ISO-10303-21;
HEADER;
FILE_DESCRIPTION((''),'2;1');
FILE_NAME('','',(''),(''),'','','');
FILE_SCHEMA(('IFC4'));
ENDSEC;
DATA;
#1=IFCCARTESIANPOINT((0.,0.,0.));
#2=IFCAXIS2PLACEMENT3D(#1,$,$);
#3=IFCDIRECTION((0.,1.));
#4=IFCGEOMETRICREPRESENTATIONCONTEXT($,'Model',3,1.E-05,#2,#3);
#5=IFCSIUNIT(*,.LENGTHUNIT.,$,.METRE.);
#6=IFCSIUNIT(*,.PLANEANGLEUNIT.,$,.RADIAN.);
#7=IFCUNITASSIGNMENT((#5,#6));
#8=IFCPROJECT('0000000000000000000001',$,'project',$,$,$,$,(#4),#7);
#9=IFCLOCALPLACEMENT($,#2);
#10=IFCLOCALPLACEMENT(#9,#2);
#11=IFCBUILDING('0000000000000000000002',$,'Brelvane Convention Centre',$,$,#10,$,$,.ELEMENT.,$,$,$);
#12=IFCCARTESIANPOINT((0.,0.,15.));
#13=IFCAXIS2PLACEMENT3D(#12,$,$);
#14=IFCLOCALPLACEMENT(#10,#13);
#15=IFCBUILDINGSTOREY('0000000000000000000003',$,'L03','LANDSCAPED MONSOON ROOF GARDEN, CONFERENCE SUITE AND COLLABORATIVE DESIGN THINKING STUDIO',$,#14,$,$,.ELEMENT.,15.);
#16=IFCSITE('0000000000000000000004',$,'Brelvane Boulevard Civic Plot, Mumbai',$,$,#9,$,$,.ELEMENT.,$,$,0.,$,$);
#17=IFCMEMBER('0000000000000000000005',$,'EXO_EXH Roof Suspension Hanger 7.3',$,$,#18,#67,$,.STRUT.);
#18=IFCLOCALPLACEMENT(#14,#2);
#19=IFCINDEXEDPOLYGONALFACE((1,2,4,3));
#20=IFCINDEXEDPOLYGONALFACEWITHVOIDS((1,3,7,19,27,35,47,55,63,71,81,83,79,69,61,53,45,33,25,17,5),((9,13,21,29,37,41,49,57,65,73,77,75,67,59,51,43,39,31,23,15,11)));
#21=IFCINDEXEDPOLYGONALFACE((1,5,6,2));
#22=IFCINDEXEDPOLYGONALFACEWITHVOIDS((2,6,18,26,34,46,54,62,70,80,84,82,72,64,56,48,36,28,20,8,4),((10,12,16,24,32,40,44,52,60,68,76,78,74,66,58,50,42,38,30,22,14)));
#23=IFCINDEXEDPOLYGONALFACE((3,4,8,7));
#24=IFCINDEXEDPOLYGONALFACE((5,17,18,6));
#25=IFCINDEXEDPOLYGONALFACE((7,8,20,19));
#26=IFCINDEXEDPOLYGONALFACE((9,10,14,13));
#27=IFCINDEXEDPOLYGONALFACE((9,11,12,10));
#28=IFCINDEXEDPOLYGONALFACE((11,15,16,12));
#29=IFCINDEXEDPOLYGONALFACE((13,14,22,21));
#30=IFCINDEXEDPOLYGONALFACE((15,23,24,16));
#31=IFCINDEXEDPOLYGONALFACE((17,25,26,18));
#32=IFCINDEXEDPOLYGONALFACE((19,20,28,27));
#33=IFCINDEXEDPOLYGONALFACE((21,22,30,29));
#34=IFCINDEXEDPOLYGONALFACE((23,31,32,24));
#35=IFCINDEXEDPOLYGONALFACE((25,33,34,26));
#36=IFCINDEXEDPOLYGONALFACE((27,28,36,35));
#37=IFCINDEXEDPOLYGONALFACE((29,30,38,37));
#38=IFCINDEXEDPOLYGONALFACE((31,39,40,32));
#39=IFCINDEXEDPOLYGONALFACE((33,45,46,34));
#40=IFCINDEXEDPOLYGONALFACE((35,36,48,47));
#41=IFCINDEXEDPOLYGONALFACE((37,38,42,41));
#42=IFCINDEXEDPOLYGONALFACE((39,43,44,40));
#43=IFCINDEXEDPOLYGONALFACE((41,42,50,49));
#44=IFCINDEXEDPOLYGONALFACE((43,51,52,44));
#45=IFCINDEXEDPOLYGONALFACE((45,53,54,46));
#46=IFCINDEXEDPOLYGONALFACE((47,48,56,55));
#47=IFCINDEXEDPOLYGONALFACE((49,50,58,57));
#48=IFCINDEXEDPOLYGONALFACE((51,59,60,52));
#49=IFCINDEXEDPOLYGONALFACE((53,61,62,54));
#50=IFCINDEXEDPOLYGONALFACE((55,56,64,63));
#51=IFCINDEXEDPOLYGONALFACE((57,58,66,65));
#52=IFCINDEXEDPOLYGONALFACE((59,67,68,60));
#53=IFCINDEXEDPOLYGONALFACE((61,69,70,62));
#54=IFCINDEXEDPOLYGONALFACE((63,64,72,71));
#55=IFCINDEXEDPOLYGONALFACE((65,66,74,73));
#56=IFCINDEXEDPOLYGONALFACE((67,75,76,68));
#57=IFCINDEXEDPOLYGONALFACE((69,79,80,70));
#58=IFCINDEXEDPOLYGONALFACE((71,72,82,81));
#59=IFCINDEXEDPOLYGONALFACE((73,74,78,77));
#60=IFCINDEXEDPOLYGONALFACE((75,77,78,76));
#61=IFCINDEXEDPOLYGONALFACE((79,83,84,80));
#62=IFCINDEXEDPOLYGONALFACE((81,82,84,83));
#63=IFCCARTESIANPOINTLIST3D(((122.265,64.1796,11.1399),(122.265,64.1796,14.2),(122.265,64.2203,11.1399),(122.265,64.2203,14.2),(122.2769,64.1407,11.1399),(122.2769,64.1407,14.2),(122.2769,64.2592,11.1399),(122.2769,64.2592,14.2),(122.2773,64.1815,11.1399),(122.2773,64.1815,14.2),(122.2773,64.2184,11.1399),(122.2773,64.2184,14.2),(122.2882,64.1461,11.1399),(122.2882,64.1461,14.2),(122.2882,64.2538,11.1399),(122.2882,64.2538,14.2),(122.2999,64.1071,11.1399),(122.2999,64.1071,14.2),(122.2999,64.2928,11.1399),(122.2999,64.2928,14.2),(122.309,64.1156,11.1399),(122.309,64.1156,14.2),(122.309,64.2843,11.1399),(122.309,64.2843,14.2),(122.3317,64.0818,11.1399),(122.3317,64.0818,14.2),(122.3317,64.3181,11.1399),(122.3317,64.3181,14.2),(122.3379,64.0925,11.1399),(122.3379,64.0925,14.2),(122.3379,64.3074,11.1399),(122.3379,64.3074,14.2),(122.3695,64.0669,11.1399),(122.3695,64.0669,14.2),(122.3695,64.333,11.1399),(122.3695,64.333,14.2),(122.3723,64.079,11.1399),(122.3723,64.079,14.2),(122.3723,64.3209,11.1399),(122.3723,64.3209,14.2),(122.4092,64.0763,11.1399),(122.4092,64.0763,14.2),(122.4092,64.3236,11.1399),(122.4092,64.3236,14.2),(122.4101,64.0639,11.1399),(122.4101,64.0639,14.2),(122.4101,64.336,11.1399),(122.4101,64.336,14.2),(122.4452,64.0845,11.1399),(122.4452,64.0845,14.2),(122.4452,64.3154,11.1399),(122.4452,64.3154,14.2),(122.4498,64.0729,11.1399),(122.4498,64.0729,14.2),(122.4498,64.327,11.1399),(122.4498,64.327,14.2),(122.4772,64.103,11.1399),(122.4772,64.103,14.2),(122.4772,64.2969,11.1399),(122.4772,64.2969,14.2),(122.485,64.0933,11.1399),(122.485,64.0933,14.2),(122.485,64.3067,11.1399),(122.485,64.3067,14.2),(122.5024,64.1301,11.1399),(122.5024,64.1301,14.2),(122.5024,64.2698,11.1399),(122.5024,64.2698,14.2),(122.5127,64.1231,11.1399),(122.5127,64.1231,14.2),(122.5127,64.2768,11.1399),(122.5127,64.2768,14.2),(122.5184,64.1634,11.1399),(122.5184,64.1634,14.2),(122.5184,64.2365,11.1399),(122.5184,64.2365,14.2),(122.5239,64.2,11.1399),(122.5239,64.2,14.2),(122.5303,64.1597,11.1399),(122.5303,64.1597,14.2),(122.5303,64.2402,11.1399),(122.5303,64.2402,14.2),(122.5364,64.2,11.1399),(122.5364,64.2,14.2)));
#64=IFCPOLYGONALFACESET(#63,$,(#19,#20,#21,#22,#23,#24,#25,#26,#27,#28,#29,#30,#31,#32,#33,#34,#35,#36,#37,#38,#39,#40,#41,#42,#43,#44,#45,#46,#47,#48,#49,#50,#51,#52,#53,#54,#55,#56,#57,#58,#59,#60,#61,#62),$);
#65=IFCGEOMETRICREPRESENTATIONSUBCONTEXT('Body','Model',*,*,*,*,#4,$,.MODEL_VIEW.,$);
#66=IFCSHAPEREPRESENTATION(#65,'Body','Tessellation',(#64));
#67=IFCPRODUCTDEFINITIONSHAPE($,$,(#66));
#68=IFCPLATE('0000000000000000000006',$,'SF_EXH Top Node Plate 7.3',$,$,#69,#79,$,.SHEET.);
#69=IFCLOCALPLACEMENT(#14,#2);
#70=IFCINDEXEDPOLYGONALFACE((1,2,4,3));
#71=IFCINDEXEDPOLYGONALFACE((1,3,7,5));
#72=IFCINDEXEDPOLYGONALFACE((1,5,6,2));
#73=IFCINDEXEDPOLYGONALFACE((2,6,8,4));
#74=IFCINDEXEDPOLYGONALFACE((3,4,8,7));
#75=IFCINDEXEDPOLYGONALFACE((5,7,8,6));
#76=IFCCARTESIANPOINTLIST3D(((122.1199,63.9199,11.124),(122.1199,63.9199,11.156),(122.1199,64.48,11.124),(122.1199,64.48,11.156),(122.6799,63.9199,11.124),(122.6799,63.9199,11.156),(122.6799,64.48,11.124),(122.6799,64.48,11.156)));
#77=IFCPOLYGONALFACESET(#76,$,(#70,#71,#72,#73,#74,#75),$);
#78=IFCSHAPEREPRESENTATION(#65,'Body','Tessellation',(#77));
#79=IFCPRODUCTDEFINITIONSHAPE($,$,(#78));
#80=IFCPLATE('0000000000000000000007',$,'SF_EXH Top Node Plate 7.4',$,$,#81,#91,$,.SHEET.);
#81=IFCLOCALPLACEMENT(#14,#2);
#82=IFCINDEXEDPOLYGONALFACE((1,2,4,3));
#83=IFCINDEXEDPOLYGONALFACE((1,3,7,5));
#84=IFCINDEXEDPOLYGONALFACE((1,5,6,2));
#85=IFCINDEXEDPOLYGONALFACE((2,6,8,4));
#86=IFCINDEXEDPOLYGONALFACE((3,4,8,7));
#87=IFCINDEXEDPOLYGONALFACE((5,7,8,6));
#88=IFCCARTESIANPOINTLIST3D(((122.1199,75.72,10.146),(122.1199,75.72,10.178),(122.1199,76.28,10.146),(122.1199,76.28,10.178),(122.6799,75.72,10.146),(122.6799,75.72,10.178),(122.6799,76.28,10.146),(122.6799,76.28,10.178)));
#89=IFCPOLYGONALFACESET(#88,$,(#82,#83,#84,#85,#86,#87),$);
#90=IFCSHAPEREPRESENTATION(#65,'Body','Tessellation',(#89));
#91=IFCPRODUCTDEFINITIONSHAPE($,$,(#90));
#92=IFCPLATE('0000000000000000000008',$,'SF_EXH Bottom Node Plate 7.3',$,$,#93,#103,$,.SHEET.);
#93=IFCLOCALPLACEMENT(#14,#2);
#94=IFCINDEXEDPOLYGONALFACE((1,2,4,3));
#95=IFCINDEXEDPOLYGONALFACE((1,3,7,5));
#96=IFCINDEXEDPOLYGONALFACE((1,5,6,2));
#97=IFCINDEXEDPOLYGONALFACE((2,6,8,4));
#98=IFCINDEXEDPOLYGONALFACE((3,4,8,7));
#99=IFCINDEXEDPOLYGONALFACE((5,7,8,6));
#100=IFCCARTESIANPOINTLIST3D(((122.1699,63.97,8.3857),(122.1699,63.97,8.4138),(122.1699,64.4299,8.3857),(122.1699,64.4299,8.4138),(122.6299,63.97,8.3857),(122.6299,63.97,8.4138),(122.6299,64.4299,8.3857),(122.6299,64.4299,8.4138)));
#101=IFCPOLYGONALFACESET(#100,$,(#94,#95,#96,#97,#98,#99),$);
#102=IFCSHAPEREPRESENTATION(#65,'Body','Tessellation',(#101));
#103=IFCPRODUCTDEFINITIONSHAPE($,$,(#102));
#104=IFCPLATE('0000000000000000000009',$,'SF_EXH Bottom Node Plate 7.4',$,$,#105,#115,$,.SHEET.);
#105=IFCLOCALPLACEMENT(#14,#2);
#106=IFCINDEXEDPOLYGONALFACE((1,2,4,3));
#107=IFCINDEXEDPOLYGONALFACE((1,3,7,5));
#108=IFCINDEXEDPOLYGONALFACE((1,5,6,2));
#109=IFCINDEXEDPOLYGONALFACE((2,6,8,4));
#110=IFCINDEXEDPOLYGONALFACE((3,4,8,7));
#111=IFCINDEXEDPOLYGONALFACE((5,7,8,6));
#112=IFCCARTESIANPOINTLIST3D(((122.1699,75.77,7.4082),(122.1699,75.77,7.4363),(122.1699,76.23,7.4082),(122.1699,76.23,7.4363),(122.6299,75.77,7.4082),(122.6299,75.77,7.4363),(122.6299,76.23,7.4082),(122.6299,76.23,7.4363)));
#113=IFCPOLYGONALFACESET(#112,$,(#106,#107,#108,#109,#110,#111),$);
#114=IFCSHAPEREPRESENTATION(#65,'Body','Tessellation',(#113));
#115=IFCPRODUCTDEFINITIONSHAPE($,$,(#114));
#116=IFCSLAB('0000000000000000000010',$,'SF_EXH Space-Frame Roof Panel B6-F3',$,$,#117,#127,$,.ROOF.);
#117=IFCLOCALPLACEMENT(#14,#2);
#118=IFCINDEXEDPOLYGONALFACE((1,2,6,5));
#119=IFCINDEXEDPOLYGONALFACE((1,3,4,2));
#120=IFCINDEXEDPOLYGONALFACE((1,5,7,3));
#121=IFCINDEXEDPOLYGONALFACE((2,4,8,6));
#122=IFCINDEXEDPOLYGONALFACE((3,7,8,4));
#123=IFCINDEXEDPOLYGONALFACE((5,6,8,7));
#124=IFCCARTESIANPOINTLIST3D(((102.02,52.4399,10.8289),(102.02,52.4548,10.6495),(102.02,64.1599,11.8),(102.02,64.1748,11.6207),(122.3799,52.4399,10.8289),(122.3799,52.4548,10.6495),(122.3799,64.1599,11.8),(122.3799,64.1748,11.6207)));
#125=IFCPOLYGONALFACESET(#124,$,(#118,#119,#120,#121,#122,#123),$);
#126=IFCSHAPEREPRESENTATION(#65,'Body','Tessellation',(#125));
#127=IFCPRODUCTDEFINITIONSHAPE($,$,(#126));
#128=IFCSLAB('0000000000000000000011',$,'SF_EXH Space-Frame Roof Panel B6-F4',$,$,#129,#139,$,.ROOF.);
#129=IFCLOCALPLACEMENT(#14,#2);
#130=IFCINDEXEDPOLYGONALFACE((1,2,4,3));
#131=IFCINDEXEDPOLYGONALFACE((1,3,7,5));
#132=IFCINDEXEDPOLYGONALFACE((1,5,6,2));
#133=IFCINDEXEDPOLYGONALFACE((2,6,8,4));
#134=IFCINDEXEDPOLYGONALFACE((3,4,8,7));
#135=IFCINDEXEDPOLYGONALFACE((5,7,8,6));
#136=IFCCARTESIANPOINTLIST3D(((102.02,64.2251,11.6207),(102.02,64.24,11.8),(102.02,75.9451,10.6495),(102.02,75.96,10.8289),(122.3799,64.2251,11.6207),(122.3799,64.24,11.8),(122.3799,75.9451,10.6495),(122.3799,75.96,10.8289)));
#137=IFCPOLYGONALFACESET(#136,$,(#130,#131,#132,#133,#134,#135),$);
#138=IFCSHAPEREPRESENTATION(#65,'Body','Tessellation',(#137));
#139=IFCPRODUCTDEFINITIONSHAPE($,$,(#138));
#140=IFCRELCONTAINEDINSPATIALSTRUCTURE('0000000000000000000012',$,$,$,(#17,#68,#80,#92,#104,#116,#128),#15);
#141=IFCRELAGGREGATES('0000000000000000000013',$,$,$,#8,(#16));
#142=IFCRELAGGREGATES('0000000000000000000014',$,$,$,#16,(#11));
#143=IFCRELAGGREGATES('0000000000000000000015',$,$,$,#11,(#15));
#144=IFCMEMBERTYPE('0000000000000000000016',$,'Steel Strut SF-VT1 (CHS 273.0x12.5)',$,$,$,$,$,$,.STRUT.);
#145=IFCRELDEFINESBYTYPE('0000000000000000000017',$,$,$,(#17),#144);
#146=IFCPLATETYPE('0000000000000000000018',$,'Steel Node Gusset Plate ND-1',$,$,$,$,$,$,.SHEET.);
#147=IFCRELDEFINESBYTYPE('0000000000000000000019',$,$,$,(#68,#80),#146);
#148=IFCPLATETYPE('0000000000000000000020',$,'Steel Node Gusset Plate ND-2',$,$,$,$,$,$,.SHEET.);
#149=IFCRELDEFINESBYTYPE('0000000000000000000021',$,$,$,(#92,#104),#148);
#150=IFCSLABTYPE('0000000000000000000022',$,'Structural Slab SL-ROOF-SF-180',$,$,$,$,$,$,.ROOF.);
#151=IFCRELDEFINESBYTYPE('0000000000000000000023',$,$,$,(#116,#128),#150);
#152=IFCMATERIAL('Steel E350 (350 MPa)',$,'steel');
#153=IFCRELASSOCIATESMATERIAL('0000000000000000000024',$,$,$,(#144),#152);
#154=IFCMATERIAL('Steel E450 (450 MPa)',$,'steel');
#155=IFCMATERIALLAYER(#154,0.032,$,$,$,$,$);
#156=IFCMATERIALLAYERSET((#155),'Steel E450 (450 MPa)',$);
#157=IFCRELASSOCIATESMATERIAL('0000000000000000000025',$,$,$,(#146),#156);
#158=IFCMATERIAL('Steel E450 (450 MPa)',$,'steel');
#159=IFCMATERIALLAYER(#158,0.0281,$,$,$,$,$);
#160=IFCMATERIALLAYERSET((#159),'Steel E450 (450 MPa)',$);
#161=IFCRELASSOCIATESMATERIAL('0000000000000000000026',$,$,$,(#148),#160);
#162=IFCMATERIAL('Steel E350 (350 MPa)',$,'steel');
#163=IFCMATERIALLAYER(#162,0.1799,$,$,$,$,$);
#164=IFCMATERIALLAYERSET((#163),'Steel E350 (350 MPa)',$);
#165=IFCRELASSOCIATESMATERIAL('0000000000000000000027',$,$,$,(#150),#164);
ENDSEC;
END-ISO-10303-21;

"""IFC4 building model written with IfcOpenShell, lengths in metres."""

from ifc_helpers import new_model, si_unit, direction, frame, origin, origin_2d, place, context, subcontext, project, spatial, polyline, rectangle, hollow_circle, outline, extrude, material, layer, layer_set, material_profile, profile_set, type_object, element, save


model = new_model("IFC4")

# Units and contexts
model_context = context("Model", 3, precision=1e-05, world=origin(), true_north=direction((0.0, 1.0)))
body_context = subcontext(model_context, "Body", "Model", "MODEL_VIEW")
ifc_project = project(units=[si_unit("LENGTHUNIT", "METRE"), si_unit("PLANEANGLEUNIT", "RADIAN")], contexts=[model_context])

# Site, building, storey
site_placement = place(None, origin())
site = spatial("IfcSite", under=ifc_project, at=site_placement, Name="Brelvane Boulevard Civic Plot, Mumbai", CompositionType="ELEMENT", RefElevation=0.0)
building_placement = place(site_placement, origin())
building = spatial("IfcBuilding", under=site, at=building_placement, Name="Brelvane Convention Centre", CompositionType="ELEMENT")
storey_placement = place(building_placement, frame((0.0, 0.0, 15.0)))
storey = spatial("IfcBuildingStorey", under=building, at=storey_placement, Name="L03", Description="LANDSCAPED MONSOON ROOF GARDEN, CONFERENCE SUITE AND COLLABORATIVE DESIGN THINKING STUDIO", CompositionType="ELEMENT", Elevation=15.0)

# Member
ifc_material_1 = material(Name="Steel E350 (350 MPa)", Category="steel")
ifc_material_profile_1 = material_profile(ifc_material_1, hollow_circle(Radius=0.1365, WallThickness=0.0125, at=origin_2d()), Name="CHS 273.0x12.5")
ifc_profile_set_1 = profile_set([ifc_material_profile_1], Name="Steel E350 (350 MPa)")
member_type_1 = type_object("IfcMemberType", Name="Steel Strut SF-VT1 (CHS 273.0x12.5)", PredefinedType="STRUT", material=ifc_profile_set_1)
for number, where, z_axis, x_axis, name in (
    (1, (122.3999, 64.2, 11.1399), (0.0, 0.0, 1.0), (1.0, 0.0, 0.0), "EXO_EXH Roof Suspension Hanger 7.3"),
):
    element("IfcMember", number, at=place(storey_placement, frame(where, z_axis=z_axis, x_axis=x_axis)), inside=storey, type_object=member_type_1, Name=name, PredefinedType="STRUT", context=body_context, shape_type="SweptSolid", body=[
        extrude(hollow_circle(Radius=0.1365, WallThickness=0.0125, at=origin_2d()), origin(), (0.0, 0.0, 1.0), 3.0601),
    ])

# Plates
ifc_material_2 = material(Name="Steel E450 (450 MPa)", Category="steel")
ifc_layer_1 = layer(ifc_material_2, 0.032)
ifc_layer_set_1 = layer_set([ifc_layer_1], Name="Steel E450 (450 MPa)")
plate_type_1 = type_object("IfcPlateType", Name="Steel Node Gusset Plate ND-1", PredefinedType="SHEET", material=ifc_layer_set_1)
for number, where, z_axis, x_axis, name in (
    (2, (122.3999, 64.2, 11.124), (0.0, 0.0, 1.0), (1.0, 0.0, 0.0), "SF_EXH Top Node Plate 7.3"),
    (3, (122.3999, 76.0, 10.146), (0.0, 0.0, 1.0), (1.0, 0.0, 0.0), "SF_EXH Top Node Plate 7.4"),
):
    element("IfcPlate", number, at=place(storey_placement, frame(where, z_axis=z_axis, x_axis=x_axis)), inside=storey, type_object=plate_type_1, Name=name, PredefinedType="SHEET", context=body_context, shape_type="SweptSolid", body=[
        extrude(rectangle(XDim=0.5601, YDim=0.5601, at=origin_2d()), origin(), (0.0, 0.0, 1.0), 0.032),
    ])
ifc_material_3 = material(Name="Steel E450 (450 MPa)", Category="steel")
ifc_layer_2 = layer(ifc_material_3, 0.0281)
ifc_layer_set_2 = layer_set([ifc_layer_2], Name="Steel E450 (450 MPa)")
plate_type_2 = type_object("IfcPlateType", Name="Steel Node Gusset Plate ND-2", PredefinedType="SHEET", material=ifc_layer_set_2)
for number, where, z_axis, x_axis, name in (
    (4, (122.3999, 64.2, 8.3857), (0.0, 0.0, 1.0), (1.0, 0.0, 0.0), "SF_EXH Bottom Node Plate 7.3"),
    (5, (122.3999, 76.0, 7.4082), (0.0, 0.0, 1.0), (1.0, 0.0, 0.0), "SF_EXH Bottom Node Plate 7.4"),
):
    element("IfcPlate", number, at=place(storey_placement, frame(where, z_axis=z_axis, x_axis=x_axis)), inside=storey, type_object=plate_type_2, Name=name, PredefinedType="SHEET", context=body_context, shape_type="SweptSolid", body=[
        extrude(rectangle(XDim=0.46, YDim=0.46, at=origin_2d()), origin(), (0.0, 0.0, 1.0), 0.0281),
    ])

# Slabs
ifc_material_4 = material(Name="Steel E350 (350 MPa)", Category="steel")
ifc_layer_3 = layer(ifc_material_4, 0.1799)
ifc_layer_set_3 = layer_set([ifc_layer_3], Name="Steel E350 (350 MPa)")
slab_type = type_object("IfcSlabType", Name="Structural Slab SL-ROOF-SF-180", PredefinedType="ROOF", material=ifc_layer_set_3)
for number, where, z_axis, x_axis, name in (
    (6, (102.02, 52.4399, 10.8289), (0.0, -0.082583, 0.996584), (1.0, 0.0, 0.0), "SF_EXH Space-Frame Roof Panel B6-F3"),
    (7, (102.02, 64.24, 11.8), (0.0, 0.082583, 0.996584), (1.0, 0.0, 0.0), "SF_EXH Space-Frame Roof Panel B6-F4"),
):
    element("IfcSlab", number, at=place(storey_placement, frame(where, z_axis=z_axis, x_axis=x_axis)), inside=storey, type_object=slab_type, Name=name, PredefinedType="ROOF", context=body_context, shape_type="SweptSolid", body=[
        extrude(outline(polyline([(0.0, 0.0), (20.3599, 0.0), (20.3599, 11.7601), (0.0, 11.7601), (0.0, 0.0)])), origin(), (0.0, 0.0, -1.0), 0.1799),
    ])

save(model, "model.ifc")
